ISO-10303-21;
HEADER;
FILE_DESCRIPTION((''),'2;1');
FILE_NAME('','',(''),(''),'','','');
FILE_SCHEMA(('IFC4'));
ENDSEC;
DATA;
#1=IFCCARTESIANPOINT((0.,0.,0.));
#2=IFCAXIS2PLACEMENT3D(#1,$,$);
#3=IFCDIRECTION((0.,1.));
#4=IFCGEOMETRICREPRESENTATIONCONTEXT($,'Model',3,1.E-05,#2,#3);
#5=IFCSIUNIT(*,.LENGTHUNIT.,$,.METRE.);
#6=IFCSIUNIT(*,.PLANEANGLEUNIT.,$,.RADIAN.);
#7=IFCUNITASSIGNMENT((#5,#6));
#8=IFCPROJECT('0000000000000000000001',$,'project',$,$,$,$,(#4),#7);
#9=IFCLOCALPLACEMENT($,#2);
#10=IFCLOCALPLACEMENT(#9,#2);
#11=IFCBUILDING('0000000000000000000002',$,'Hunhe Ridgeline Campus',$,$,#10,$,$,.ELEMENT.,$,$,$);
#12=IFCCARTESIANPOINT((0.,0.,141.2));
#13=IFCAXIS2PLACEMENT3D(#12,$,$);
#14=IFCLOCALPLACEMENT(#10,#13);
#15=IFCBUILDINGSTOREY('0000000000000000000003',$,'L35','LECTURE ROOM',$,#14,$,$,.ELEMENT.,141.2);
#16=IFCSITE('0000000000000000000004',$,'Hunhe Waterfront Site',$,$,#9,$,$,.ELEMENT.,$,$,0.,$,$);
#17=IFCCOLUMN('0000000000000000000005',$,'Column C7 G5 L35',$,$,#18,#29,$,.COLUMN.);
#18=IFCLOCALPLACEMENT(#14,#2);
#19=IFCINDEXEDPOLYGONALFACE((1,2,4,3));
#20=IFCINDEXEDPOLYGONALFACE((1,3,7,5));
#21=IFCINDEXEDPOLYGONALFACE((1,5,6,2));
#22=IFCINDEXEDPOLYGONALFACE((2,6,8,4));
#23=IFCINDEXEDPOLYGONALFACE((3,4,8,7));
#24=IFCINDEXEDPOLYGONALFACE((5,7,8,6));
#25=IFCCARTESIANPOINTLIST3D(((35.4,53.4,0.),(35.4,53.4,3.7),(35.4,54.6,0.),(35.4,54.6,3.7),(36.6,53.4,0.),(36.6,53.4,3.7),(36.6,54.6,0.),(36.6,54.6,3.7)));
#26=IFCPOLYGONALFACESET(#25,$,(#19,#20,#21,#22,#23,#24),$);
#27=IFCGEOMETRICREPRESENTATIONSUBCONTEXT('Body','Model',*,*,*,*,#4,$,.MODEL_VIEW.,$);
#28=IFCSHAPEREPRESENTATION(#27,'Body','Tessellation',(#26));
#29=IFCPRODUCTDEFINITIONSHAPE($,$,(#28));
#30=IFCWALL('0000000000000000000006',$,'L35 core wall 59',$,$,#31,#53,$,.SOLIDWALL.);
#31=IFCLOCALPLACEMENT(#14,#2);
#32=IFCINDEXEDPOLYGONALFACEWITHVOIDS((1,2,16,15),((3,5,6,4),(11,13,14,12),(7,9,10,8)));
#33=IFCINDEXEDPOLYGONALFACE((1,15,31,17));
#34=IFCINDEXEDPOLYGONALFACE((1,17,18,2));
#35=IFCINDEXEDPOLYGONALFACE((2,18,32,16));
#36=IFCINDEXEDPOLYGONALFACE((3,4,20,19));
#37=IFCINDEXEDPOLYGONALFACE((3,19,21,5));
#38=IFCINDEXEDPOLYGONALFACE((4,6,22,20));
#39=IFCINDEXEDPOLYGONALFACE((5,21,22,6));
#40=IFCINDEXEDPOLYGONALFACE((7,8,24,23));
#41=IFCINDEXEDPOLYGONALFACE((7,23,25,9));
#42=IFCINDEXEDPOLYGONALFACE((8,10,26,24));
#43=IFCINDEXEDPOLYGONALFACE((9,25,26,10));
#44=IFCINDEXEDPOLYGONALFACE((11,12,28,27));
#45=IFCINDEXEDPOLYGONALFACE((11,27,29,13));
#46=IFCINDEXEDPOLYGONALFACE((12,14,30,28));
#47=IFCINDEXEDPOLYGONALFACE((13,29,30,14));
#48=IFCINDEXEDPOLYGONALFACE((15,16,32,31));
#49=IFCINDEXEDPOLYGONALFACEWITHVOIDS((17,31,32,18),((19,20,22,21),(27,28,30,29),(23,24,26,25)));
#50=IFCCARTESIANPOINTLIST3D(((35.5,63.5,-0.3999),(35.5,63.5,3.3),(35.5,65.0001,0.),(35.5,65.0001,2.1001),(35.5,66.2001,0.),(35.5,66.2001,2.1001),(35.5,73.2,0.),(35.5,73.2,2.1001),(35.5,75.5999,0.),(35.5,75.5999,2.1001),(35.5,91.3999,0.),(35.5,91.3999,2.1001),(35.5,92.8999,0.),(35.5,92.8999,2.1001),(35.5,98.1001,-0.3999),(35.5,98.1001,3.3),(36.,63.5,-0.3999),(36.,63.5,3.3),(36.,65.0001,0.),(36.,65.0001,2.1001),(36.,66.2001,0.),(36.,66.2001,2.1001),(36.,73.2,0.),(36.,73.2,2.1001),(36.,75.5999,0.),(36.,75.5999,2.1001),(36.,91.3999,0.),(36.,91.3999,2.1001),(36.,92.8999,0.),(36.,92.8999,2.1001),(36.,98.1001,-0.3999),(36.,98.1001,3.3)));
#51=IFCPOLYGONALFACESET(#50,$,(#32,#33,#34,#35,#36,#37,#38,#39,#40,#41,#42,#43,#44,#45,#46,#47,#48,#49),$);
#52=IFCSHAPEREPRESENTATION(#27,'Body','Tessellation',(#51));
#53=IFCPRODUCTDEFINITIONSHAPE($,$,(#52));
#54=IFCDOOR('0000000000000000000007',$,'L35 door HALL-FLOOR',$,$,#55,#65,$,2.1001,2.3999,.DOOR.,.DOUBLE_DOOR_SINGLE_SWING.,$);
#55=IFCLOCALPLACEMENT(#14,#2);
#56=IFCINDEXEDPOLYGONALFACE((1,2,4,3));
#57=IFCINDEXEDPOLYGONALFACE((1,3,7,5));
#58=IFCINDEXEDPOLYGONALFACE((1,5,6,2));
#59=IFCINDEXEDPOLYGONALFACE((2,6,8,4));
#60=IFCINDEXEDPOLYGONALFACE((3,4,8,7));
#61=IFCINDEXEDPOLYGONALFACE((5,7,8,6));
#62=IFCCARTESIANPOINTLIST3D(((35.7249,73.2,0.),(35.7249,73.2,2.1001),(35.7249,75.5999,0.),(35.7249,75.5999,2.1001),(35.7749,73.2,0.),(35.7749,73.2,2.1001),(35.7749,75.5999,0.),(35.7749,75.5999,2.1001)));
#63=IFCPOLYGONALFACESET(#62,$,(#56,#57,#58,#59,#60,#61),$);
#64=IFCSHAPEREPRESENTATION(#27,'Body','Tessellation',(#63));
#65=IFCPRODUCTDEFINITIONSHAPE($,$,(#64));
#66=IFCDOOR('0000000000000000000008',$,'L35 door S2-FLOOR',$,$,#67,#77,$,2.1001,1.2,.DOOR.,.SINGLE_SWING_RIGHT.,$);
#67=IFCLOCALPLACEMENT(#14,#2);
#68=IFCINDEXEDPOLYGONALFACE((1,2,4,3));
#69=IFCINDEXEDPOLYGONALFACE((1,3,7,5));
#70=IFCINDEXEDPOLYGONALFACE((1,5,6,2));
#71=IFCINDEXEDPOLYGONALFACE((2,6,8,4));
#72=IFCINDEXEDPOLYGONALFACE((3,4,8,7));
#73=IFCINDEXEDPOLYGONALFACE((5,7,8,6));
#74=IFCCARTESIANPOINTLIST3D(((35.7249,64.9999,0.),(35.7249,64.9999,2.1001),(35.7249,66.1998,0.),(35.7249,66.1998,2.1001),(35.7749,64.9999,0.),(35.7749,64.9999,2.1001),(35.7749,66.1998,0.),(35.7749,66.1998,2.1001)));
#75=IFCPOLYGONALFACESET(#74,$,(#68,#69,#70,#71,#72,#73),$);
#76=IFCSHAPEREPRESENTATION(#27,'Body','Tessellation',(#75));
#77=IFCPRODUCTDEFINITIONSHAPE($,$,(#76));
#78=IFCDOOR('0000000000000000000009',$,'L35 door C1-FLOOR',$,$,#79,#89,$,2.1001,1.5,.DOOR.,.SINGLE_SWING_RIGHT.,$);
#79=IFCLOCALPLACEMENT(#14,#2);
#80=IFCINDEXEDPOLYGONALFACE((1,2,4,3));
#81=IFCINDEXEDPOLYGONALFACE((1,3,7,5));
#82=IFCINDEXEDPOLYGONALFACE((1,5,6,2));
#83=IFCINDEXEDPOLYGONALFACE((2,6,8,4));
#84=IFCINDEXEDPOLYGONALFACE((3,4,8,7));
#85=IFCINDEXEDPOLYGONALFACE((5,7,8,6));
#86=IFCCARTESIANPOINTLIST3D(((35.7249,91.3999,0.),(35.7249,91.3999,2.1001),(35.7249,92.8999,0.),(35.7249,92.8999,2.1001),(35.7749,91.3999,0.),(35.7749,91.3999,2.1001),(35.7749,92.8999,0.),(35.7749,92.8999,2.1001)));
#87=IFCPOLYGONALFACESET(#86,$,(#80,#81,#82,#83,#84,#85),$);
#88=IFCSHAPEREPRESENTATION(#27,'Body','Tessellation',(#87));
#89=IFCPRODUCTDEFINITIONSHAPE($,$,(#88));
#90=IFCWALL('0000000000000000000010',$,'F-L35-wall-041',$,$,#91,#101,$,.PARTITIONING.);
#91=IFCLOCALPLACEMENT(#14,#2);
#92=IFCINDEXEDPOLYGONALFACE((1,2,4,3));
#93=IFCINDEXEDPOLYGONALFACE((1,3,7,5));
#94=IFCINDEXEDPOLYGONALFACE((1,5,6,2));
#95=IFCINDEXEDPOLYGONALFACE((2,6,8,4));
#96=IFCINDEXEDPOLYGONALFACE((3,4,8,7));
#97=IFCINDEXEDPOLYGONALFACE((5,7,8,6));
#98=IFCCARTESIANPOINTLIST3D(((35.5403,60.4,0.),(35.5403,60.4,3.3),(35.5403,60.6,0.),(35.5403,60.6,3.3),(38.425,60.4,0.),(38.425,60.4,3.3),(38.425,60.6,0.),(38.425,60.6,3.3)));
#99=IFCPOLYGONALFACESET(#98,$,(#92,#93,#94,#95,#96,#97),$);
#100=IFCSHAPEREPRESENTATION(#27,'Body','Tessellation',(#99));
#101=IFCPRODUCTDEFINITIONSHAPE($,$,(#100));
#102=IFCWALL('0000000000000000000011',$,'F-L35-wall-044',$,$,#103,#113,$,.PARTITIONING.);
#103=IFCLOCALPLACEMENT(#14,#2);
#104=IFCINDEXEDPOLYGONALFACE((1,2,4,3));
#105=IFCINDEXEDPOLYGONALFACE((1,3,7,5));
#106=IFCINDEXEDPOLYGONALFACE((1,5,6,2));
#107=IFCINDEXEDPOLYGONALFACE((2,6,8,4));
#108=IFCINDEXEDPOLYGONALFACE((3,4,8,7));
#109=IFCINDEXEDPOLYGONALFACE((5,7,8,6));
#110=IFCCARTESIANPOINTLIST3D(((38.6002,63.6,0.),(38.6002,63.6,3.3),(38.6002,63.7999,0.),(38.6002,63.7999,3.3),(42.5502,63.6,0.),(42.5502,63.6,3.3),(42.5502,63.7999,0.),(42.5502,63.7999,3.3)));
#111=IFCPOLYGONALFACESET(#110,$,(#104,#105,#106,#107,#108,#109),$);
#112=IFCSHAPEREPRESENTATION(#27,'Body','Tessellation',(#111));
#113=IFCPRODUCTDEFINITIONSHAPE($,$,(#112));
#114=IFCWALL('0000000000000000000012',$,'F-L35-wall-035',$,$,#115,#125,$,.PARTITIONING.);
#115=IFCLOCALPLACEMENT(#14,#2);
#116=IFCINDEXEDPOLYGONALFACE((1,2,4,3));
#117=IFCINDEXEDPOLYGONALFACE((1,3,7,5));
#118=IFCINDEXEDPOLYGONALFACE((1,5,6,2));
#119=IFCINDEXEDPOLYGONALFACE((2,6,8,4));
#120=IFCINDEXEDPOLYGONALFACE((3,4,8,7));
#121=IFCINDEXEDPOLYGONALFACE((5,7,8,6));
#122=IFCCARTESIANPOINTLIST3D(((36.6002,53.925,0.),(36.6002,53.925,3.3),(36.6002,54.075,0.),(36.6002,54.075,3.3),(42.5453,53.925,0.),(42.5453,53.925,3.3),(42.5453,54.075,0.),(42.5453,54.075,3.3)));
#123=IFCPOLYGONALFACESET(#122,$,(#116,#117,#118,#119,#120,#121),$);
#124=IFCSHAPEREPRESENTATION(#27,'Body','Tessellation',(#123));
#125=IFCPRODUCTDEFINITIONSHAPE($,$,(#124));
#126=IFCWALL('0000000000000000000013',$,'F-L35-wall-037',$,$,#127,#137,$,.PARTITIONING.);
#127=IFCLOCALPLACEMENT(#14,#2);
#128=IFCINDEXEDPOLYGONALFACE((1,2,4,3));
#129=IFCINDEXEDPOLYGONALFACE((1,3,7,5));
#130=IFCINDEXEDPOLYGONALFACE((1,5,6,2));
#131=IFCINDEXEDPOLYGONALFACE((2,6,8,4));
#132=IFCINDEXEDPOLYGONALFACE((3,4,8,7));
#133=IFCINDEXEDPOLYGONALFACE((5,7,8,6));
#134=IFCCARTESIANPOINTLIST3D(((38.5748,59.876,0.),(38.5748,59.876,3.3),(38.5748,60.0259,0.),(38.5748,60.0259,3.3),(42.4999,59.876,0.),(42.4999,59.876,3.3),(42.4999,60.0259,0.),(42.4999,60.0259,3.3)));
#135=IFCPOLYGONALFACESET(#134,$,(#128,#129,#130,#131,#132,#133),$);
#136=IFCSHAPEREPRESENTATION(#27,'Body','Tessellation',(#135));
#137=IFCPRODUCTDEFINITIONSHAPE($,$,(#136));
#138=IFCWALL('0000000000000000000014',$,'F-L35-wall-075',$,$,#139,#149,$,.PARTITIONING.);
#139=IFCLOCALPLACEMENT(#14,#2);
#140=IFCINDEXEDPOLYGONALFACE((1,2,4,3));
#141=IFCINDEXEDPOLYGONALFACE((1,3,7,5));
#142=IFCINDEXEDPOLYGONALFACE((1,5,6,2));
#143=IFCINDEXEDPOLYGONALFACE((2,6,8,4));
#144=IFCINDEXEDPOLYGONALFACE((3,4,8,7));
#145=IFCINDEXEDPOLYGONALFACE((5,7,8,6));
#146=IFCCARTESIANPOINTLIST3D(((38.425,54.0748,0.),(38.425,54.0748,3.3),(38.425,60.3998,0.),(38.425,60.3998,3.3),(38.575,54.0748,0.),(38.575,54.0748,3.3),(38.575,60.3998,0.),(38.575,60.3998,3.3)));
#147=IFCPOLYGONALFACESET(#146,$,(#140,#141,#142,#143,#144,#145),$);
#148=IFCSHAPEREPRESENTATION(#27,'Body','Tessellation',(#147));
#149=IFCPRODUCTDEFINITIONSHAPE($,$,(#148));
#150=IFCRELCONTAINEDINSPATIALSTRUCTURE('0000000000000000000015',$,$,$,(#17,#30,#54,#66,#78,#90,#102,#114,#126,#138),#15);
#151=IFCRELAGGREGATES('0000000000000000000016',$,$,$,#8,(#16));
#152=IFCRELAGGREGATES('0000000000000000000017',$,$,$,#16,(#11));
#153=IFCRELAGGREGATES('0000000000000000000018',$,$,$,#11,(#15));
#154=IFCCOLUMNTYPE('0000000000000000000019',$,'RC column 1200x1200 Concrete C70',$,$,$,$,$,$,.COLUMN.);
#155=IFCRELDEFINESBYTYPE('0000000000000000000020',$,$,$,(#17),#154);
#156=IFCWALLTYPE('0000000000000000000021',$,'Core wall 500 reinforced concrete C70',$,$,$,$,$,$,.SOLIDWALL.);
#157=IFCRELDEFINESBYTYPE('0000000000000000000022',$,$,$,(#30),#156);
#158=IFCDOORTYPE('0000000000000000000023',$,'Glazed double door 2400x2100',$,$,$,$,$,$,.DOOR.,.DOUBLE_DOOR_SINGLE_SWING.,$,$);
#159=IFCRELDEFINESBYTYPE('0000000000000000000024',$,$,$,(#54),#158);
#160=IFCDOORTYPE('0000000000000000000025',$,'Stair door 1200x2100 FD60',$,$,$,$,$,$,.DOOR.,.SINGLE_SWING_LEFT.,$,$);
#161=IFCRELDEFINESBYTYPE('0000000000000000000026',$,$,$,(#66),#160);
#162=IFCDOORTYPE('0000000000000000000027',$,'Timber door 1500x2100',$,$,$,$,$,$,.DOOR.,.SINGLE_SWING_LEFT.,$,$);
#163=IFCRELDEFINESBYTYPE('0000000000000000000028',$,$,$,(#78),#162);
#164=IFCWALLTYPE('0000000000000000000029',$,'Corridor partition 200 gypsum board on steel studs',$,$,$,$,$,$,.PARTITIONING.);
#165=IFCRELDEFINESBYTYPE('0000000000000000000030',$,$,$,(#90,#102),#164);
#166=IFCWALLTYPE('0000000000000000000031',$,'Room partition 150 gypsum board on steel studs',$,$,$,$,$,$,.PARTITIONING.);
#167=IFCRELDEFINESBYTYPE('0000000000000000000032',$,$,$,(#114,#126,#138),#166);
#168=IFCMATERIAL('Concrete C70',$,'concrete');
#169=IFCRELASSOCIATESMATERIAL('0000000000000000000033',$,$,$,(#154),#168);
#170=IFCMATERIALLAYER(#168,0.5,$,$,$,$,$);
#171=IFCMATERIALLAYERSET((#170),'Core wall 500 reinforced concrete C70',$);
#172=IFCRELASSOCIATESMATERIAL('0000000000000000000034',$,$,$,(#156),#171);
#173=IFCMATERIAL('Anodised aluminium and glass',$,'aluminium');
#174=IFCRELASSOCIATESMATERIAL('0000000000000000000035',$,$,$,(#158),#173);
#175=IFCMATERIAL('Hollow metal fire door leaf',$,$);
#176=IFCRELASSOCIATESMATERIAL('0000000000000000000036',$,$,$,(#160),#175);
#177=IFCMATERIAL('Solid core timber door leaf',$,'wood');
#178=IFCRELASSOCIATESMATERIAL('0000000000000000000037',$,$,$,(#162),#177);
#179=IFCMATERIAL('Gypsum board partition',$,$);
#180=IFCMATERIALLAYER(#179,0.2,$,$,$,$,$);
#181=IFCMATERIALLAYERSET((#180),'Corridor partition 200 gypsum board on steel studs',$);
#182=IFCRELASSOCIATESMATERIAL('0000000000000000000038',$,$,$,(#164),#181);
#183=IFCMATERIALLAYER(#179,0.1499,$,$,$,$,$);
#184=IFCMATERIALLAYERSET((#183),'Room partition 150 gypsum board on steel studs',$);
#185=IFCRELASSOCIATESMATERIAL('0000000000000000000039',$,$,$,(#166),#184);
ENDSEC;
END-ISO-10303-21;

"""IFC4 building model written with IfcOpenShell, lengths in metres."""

from ifc_helpers import new_model, si_unit, direction, frame, frame_2d, origin, origin_2d, place, context, subcontext, project, spatial, rectangle, extrude, material, layer, layer_set, material_profile, profile_set, type_object, element, fill, save


model = new_model("IFC4")

# Units and contexts
model_context = context("Model", 3, precision=1e-05, world=origin(), true_north=direction((0.0, 1.0)))
body_context = subcontext(model_context, "Body", "Model", "MODEL_VIEW")
ifc_project = project(units=[si_unit("LENGTHUNIT", "METRE"), si_unit("PLANEANGLEUNIT", "RADIAN")], contexts=[model_context])

# Site, building, storey
site_placement = place(None, origin())
site = spatial("IfcSite", under=ifc_project, at=site_placement, Name="Hunhe Waterfront Site", CompositionType="ELEMENT", RefElevation=0.0)
building_placement = place(site_placement, origin())
building = spatial("IfcBuilding", under=site, at=building_placement, Name="Hunhe Ridgeline Campus", CompositionType="ELEMENT")
storey_placement = place(building_placement, frame((0.0, 0.0, 141.2)))
storey = spatial("IfcBuildingStorey", under=building, at=storey_placement, Name="L35", Description="LECTURE ROOM", CompositionType="ELEMENT", Elevation=141.2)

# Column
ifc_material_1 = material(Name="Concrete C70", Category="concrete")
ifc_material_profile = material_profile(ifc_material_1, rectangle(XDim=1.2, YDim=1.2, at=origin_2d()))
ifc_profile_set = profile_set([ifc_material_profile], Name="Concrete C70")
column_type = type_object("IfcColumnType", Name="RC column 1200x1200 Concrete C70", PredefinedType="COLUMN", material=ifc_profile_set)
column_placement = place(storey_placement, frame((36.0, 54.0, 0.0), z_axis=(0.0, 0.0, 1.0), x_axis=(1.0, 0.0, 0.0)))
element("IfcColumn", 1, at=column_placement, inside=storey, type_object=column_type, Name="Column C7 G5 L35", PredefinedType="COLUMN", context=body_context, shape_type="SweptSolid", body=[
    extrude(rectangle(XDim=1.2, YDim=1.2, at=origin_2d()), origin(), (0.0, 0.0, 1.0), 3.7),
])

# Wall, openings, doors
ifc_layer_1 = layer(ifc_material_1, 0.5)
ifc_layer_set_1 = layer_set([ifc_layer_1], Name="Core wall 500 reinforced concrete C70")
wall_type_1 = type_object("IfcWallType", Name="Core wall 500 reinforced concrete C70", PredefinedType="SOLIDWALL", material=ifc_layer_set_1)
wall_1_placement = place(storey_placement, frame((35.75, 63.5, -0.3999), z_axis=(0.0, 0.0, 1.0), x_axis=(0.0, 1.0, 0.0)))
wall_1 = element("IfcWall", 2, at=wall_1_placement, inside=storey, type_object=wall_type_1, Name="L35 core wall 59", PredefinedType="SOLIDWALL", context=body_context, shape_type="SweptSolid", body=[
    extrude(rectangle(XDim=34.6001, YDim=0.5, at=frame_2d((17.3, 0.0))), origin(), (0.0, 0.0, 1.0), 3.7),
])
opening_1_placement = place(wall_1_placement, frame((9.7, 0.0, 0.3999)))
opening_1 = element("IfcOpeningElement", 3, at=opening_1_placement, cuts=wall_1, PredefinedType="OPENING", context=body_context, shape_type="SweptSolid", body=[
    extrude(rectangle(XDim=2.3999, YDim=2.1001, at=frame_2d((1.2, 1.05))), frame((0.0, 0.25, 0.0), z_axis=(0.0, -1.0, 0.0), x_axis=(1.0, 0.0, 0.0)), (0.0, 0.0, 1.0), 0.5),
])
opening_2_placement = place(wall_1_placement, frame((27.8999, 0.0, 0.3999)))
opening_2 = element("IfcOpeningElement", 4, at=opening_2_placement, cuts=wall_1, PredefinedType="OPENING", context=body_context, shape_type="SweptSolid", body=[
    extrude(rectangle(XDim=1.5, YDim=2.1001, at=frame_2d((0.75, 1.05))), frame((0.0, 0.25, 0.0), z_axis=(0.0, -1.0, 0.0), x_axis=(1.0, 0.0, 0.0)), (0.0, 0.0, 1.0), 0.5),
])
opening_3_placement = place(wall_1_placement, frame((1.5, 0.0, 0.3999)))
opening_3 = element("IfcOpeningElement", 5, at=opening_3_placement, cuts=wall_1, PredefinedType="OPENING", context=body_context, shape_type="SweptSolid", body=[
    extrude(rectangle(XDim=1.2, YDim=2.1001, at=frame_2d((0.6001, 1.05))), frame((0.0, 0.25, 0.0), z_axis=(0.0, -1.0, 0.0), x_axis=(1.0, 0.0, 0.0)), (0.0, 0.0, 1.0), 0.5),
])
ifc_material_2 = material(Name="Anodised aluminium and glass", Category="aluminium")
door_type_1 = type_object("IfcDoorType", Name="Glazed double door 2400x2100", OperationType="DOUBLE_DOOR_SINGLE_SWING", PredefinedType="DOOR", material=ifc_material_2)
door_1_placement = place(opening_1_placement, frame((2.3999, 0.0, 0.0), z_axis=(0.0, 0.0, 1.0), x_axis=(-1.0, 0.0, 0.0)))
door_1 = element("IfcDoor", 6, at=door_1_placement, inside=storey, type_object=door_type_1, Name="L35 door HALL-FLOOR", OperationType="DOUBLE_DOOR_SINGLE_SWING", OverallHeight=2.1001, OverallWidth=2.3999, PredefinedType="DOOR", context=body_context, shape_type="SweptSolid", body=[
    extrude(rectangle(XDim=2.3999, YDim=2.1001, at=frame_2d((1.2, 1.05))), frame((0.0, 0.0249, 0.0), z_axis=(0.0, -1.0, 0.0), x_axis=(1.0, 0.0, 0.0)), (0.0, 0.0, 1.0), 0.05),
])
fill(opening_1, door_1)
ifc_material_3 = material(Name="Hollow metal fire door leaf")
door_type_2 = type_object("IfcDoorType", Name="Stair door 1200x2100 FD60", OperationType="SINGLE_SWING_LEFT", PredefinedType="DOOR", material=ifc_material_3)
door_2_placement = place(opening_3_placement, frame((1.2, 0.0, 0.0), z_axis=(0.0, 0.0, 1.0), x_axis=(-1.0, 0.0, 0.0)))
door_2 = element("IfcDoor", 7, at=door_2_placement, inside=storey, type_object=door_type_2, Name="L35 door S2-FLOOR", OperationType="SINGLE_SWING_RIGHT", OverallHeight=2.1001, OverallWidth=1.2, PredefinedType="DOOR", context=body_context, shape_type="SweptSolid", body=[
    extrude(rectangle(XDim=1.2, YDim=2.1001, at=frame_2d((0.6001, 1.05))), frame((0.0, 0.0249, 0.0), z_axis=(0.0, -1.0, 0.0), x_axis=(1.0, 0.0, 0.0)), (0.0, 0.0, 1.0), 0.05),
])
fill(opening_3, door_2)
ifc_material_4 = material(Name="Solid core timber door leaf", Category="wood")
door_type_3 = type_object("IfcDoorType", Name="Timber door 1500x2100", OperationType="SINGLE_SWING_LEFT", PredefinedType="DOOR", material=ifc_material_4)
door_3_placement = place(opening_2_placement, frame((1.5, 0.0, 0.0), z_axis=(0.0, 0.0, 1.0), x_axis=(-1.0, 0.0, 0.0)))
door_3 = element("IfcDoor", 8, at=door_3_placement, inside=storey, type_object=door_type_3, Name="L35 door C1-FLOOR", OperationType="SINGLE_SWING_RIGHT", OverallHeight=2.1001, OverallWidth=1.5, PredefinedType="DOOR", context=body_context, shape_type="SweptSolid", body=[
    extrude(rectangle(XDim=1.5, YDim=2.1001, at=frame_2d((0.75, 1.05))), frame((0.0, 0.0249, 0.0), z_axis=(0.0, -1.0, 0.0), x_axis=(1.0, 0.0, 0.0)), (0.0, 0.0, 1.0), 0.05),
])
fill(opening_2, door_3)

# Shared definitions
ifc_material_5 = material(Name="Gypsum board partition")
ifc_layer_2 = layer(ifc_material_5, 0.2)
ifc_layer_set_2 = layer_set([ifc_layer_2], Name="Corridor partition 200 gypsum board on steel studs")
wall_type_2 = type_object("IfcWallType", Name="Corridor partition 200 gypsum board on steel studs", PredefinedType="PARTITIONING", material=ifc_layer_set_2)

# Walls
wall_2_placement = place(storey_placement, frame((38.425, 60.5, 0.0), z_axis=(0.0, 0.0, 1.0), x_axis=(-1.0, 0.0, 0.0)))
element("IfcWall", 9, at=wall_2_placement, inside=storey, type_object=wall_type_2, Name="F-L35-wall-041", PredefinedType="PARTITIONING", context=body_context, shape_type="SweptSolid", body=[
    extrude(rectangle(XDim=2.8848, YDim=0.2, at=frame_2d((1.4424, 0.0))), origin(), (0.0, 0.0, 1.0), 3.3),
])
wall_3_placement = place(storey_placement, frame((38.6001, 63.7, 0.0), z_axis=(0.0, 0.0, 1.0), x_axis=(1.0, 0.0, 0.0)))
element("IfcWall", 10, at=wall_3_placement, inside=storey, type_object=wall_type_2, Name="F-L35-wall-044", PredefinedType="PARTITIONING", context=body_context, shape_type="SweptSolid", body=[
    extrude(rectangle(XDim=3.95, YDim=0.2, at=frame_2d((1.9751, 0.0))), origin(), (0.0, 0.0, 1.0), 3.3),
])

# Walls
ifc_layer_3 = layer(ifc_material_5, 0.1499)
ifc_layer_set_3 = layer_set([ifc_layer_3], Name="Room partition 150 gypsum board on steel studs")
wall_type_3 = type_object("IfcWallType", Name="Room partition 150 gypsum board on steel studs", PredefinedType="PARTITIONING", material=ifc_layer_set_3)
wall_4_placement = place(storey_placement, frame((36.6001, 54.0, 0.0), z_axis=(0.0, 0.0, 1.0), x_axis=(1.0, 0.0, 0.0)))
element("IfcWall", 11, at=wall_4_placement, inside=storey, type_object=wall_type_3, Name="F-L35-wall-035", PredefinedType="PARTITIONING", context=body_context, shape_type="SweptSolid", body=[
    extrude(rectangle(XDim=5.9451, YDim=0.1499, at=frame_2d((2.9727, 0.0))), origin(), (0.0, 0.0, 1.0), 3.3),
])
wall_5_placement = place(storey_placement, frame((38.575, 59.9509, 0.0), z_axis=(0.0, 0.0, 1.0), x_axis=(1.0, 0.0, 0.0)))
element("IfcWall", 12, at=wall_5_placement, inside=storey, type_object=wall_type_3, Name="F-L35-wall-037", PredefinedType="PARTITIONING", context=body_context, shape_type="SweptSolid", body=[
    extrude(rectangle(XDim=3.925, YDim=0.1499, at=frame_2d((1.9624, 0.0))), origin(), (0.0, 0.0, 1.0), 3.3),
])
wall_6_placement = place(storey_placement, frame((38.5, 60.3999, 0.0), z_axis=(0.0, 0.0, 1.0), x_axis=(0.0, -1.0, 0.0)))
element("IfcWall", 13, at=wall_6_placement, inside=storey, type_object=wall_type_3, Name="F-L35-wall-075", PredefinedType="PARTITIONING", context=body_context, shape_type="SweptSolid", body=[
    extrude(rectangle(XDim=6.325, YDim=0.1499, at=frame_2d((3.1626, 0.0))), origin(), (0.0, 0.0, 1.0), 3.3),
])

save(model, "model.ifc")
